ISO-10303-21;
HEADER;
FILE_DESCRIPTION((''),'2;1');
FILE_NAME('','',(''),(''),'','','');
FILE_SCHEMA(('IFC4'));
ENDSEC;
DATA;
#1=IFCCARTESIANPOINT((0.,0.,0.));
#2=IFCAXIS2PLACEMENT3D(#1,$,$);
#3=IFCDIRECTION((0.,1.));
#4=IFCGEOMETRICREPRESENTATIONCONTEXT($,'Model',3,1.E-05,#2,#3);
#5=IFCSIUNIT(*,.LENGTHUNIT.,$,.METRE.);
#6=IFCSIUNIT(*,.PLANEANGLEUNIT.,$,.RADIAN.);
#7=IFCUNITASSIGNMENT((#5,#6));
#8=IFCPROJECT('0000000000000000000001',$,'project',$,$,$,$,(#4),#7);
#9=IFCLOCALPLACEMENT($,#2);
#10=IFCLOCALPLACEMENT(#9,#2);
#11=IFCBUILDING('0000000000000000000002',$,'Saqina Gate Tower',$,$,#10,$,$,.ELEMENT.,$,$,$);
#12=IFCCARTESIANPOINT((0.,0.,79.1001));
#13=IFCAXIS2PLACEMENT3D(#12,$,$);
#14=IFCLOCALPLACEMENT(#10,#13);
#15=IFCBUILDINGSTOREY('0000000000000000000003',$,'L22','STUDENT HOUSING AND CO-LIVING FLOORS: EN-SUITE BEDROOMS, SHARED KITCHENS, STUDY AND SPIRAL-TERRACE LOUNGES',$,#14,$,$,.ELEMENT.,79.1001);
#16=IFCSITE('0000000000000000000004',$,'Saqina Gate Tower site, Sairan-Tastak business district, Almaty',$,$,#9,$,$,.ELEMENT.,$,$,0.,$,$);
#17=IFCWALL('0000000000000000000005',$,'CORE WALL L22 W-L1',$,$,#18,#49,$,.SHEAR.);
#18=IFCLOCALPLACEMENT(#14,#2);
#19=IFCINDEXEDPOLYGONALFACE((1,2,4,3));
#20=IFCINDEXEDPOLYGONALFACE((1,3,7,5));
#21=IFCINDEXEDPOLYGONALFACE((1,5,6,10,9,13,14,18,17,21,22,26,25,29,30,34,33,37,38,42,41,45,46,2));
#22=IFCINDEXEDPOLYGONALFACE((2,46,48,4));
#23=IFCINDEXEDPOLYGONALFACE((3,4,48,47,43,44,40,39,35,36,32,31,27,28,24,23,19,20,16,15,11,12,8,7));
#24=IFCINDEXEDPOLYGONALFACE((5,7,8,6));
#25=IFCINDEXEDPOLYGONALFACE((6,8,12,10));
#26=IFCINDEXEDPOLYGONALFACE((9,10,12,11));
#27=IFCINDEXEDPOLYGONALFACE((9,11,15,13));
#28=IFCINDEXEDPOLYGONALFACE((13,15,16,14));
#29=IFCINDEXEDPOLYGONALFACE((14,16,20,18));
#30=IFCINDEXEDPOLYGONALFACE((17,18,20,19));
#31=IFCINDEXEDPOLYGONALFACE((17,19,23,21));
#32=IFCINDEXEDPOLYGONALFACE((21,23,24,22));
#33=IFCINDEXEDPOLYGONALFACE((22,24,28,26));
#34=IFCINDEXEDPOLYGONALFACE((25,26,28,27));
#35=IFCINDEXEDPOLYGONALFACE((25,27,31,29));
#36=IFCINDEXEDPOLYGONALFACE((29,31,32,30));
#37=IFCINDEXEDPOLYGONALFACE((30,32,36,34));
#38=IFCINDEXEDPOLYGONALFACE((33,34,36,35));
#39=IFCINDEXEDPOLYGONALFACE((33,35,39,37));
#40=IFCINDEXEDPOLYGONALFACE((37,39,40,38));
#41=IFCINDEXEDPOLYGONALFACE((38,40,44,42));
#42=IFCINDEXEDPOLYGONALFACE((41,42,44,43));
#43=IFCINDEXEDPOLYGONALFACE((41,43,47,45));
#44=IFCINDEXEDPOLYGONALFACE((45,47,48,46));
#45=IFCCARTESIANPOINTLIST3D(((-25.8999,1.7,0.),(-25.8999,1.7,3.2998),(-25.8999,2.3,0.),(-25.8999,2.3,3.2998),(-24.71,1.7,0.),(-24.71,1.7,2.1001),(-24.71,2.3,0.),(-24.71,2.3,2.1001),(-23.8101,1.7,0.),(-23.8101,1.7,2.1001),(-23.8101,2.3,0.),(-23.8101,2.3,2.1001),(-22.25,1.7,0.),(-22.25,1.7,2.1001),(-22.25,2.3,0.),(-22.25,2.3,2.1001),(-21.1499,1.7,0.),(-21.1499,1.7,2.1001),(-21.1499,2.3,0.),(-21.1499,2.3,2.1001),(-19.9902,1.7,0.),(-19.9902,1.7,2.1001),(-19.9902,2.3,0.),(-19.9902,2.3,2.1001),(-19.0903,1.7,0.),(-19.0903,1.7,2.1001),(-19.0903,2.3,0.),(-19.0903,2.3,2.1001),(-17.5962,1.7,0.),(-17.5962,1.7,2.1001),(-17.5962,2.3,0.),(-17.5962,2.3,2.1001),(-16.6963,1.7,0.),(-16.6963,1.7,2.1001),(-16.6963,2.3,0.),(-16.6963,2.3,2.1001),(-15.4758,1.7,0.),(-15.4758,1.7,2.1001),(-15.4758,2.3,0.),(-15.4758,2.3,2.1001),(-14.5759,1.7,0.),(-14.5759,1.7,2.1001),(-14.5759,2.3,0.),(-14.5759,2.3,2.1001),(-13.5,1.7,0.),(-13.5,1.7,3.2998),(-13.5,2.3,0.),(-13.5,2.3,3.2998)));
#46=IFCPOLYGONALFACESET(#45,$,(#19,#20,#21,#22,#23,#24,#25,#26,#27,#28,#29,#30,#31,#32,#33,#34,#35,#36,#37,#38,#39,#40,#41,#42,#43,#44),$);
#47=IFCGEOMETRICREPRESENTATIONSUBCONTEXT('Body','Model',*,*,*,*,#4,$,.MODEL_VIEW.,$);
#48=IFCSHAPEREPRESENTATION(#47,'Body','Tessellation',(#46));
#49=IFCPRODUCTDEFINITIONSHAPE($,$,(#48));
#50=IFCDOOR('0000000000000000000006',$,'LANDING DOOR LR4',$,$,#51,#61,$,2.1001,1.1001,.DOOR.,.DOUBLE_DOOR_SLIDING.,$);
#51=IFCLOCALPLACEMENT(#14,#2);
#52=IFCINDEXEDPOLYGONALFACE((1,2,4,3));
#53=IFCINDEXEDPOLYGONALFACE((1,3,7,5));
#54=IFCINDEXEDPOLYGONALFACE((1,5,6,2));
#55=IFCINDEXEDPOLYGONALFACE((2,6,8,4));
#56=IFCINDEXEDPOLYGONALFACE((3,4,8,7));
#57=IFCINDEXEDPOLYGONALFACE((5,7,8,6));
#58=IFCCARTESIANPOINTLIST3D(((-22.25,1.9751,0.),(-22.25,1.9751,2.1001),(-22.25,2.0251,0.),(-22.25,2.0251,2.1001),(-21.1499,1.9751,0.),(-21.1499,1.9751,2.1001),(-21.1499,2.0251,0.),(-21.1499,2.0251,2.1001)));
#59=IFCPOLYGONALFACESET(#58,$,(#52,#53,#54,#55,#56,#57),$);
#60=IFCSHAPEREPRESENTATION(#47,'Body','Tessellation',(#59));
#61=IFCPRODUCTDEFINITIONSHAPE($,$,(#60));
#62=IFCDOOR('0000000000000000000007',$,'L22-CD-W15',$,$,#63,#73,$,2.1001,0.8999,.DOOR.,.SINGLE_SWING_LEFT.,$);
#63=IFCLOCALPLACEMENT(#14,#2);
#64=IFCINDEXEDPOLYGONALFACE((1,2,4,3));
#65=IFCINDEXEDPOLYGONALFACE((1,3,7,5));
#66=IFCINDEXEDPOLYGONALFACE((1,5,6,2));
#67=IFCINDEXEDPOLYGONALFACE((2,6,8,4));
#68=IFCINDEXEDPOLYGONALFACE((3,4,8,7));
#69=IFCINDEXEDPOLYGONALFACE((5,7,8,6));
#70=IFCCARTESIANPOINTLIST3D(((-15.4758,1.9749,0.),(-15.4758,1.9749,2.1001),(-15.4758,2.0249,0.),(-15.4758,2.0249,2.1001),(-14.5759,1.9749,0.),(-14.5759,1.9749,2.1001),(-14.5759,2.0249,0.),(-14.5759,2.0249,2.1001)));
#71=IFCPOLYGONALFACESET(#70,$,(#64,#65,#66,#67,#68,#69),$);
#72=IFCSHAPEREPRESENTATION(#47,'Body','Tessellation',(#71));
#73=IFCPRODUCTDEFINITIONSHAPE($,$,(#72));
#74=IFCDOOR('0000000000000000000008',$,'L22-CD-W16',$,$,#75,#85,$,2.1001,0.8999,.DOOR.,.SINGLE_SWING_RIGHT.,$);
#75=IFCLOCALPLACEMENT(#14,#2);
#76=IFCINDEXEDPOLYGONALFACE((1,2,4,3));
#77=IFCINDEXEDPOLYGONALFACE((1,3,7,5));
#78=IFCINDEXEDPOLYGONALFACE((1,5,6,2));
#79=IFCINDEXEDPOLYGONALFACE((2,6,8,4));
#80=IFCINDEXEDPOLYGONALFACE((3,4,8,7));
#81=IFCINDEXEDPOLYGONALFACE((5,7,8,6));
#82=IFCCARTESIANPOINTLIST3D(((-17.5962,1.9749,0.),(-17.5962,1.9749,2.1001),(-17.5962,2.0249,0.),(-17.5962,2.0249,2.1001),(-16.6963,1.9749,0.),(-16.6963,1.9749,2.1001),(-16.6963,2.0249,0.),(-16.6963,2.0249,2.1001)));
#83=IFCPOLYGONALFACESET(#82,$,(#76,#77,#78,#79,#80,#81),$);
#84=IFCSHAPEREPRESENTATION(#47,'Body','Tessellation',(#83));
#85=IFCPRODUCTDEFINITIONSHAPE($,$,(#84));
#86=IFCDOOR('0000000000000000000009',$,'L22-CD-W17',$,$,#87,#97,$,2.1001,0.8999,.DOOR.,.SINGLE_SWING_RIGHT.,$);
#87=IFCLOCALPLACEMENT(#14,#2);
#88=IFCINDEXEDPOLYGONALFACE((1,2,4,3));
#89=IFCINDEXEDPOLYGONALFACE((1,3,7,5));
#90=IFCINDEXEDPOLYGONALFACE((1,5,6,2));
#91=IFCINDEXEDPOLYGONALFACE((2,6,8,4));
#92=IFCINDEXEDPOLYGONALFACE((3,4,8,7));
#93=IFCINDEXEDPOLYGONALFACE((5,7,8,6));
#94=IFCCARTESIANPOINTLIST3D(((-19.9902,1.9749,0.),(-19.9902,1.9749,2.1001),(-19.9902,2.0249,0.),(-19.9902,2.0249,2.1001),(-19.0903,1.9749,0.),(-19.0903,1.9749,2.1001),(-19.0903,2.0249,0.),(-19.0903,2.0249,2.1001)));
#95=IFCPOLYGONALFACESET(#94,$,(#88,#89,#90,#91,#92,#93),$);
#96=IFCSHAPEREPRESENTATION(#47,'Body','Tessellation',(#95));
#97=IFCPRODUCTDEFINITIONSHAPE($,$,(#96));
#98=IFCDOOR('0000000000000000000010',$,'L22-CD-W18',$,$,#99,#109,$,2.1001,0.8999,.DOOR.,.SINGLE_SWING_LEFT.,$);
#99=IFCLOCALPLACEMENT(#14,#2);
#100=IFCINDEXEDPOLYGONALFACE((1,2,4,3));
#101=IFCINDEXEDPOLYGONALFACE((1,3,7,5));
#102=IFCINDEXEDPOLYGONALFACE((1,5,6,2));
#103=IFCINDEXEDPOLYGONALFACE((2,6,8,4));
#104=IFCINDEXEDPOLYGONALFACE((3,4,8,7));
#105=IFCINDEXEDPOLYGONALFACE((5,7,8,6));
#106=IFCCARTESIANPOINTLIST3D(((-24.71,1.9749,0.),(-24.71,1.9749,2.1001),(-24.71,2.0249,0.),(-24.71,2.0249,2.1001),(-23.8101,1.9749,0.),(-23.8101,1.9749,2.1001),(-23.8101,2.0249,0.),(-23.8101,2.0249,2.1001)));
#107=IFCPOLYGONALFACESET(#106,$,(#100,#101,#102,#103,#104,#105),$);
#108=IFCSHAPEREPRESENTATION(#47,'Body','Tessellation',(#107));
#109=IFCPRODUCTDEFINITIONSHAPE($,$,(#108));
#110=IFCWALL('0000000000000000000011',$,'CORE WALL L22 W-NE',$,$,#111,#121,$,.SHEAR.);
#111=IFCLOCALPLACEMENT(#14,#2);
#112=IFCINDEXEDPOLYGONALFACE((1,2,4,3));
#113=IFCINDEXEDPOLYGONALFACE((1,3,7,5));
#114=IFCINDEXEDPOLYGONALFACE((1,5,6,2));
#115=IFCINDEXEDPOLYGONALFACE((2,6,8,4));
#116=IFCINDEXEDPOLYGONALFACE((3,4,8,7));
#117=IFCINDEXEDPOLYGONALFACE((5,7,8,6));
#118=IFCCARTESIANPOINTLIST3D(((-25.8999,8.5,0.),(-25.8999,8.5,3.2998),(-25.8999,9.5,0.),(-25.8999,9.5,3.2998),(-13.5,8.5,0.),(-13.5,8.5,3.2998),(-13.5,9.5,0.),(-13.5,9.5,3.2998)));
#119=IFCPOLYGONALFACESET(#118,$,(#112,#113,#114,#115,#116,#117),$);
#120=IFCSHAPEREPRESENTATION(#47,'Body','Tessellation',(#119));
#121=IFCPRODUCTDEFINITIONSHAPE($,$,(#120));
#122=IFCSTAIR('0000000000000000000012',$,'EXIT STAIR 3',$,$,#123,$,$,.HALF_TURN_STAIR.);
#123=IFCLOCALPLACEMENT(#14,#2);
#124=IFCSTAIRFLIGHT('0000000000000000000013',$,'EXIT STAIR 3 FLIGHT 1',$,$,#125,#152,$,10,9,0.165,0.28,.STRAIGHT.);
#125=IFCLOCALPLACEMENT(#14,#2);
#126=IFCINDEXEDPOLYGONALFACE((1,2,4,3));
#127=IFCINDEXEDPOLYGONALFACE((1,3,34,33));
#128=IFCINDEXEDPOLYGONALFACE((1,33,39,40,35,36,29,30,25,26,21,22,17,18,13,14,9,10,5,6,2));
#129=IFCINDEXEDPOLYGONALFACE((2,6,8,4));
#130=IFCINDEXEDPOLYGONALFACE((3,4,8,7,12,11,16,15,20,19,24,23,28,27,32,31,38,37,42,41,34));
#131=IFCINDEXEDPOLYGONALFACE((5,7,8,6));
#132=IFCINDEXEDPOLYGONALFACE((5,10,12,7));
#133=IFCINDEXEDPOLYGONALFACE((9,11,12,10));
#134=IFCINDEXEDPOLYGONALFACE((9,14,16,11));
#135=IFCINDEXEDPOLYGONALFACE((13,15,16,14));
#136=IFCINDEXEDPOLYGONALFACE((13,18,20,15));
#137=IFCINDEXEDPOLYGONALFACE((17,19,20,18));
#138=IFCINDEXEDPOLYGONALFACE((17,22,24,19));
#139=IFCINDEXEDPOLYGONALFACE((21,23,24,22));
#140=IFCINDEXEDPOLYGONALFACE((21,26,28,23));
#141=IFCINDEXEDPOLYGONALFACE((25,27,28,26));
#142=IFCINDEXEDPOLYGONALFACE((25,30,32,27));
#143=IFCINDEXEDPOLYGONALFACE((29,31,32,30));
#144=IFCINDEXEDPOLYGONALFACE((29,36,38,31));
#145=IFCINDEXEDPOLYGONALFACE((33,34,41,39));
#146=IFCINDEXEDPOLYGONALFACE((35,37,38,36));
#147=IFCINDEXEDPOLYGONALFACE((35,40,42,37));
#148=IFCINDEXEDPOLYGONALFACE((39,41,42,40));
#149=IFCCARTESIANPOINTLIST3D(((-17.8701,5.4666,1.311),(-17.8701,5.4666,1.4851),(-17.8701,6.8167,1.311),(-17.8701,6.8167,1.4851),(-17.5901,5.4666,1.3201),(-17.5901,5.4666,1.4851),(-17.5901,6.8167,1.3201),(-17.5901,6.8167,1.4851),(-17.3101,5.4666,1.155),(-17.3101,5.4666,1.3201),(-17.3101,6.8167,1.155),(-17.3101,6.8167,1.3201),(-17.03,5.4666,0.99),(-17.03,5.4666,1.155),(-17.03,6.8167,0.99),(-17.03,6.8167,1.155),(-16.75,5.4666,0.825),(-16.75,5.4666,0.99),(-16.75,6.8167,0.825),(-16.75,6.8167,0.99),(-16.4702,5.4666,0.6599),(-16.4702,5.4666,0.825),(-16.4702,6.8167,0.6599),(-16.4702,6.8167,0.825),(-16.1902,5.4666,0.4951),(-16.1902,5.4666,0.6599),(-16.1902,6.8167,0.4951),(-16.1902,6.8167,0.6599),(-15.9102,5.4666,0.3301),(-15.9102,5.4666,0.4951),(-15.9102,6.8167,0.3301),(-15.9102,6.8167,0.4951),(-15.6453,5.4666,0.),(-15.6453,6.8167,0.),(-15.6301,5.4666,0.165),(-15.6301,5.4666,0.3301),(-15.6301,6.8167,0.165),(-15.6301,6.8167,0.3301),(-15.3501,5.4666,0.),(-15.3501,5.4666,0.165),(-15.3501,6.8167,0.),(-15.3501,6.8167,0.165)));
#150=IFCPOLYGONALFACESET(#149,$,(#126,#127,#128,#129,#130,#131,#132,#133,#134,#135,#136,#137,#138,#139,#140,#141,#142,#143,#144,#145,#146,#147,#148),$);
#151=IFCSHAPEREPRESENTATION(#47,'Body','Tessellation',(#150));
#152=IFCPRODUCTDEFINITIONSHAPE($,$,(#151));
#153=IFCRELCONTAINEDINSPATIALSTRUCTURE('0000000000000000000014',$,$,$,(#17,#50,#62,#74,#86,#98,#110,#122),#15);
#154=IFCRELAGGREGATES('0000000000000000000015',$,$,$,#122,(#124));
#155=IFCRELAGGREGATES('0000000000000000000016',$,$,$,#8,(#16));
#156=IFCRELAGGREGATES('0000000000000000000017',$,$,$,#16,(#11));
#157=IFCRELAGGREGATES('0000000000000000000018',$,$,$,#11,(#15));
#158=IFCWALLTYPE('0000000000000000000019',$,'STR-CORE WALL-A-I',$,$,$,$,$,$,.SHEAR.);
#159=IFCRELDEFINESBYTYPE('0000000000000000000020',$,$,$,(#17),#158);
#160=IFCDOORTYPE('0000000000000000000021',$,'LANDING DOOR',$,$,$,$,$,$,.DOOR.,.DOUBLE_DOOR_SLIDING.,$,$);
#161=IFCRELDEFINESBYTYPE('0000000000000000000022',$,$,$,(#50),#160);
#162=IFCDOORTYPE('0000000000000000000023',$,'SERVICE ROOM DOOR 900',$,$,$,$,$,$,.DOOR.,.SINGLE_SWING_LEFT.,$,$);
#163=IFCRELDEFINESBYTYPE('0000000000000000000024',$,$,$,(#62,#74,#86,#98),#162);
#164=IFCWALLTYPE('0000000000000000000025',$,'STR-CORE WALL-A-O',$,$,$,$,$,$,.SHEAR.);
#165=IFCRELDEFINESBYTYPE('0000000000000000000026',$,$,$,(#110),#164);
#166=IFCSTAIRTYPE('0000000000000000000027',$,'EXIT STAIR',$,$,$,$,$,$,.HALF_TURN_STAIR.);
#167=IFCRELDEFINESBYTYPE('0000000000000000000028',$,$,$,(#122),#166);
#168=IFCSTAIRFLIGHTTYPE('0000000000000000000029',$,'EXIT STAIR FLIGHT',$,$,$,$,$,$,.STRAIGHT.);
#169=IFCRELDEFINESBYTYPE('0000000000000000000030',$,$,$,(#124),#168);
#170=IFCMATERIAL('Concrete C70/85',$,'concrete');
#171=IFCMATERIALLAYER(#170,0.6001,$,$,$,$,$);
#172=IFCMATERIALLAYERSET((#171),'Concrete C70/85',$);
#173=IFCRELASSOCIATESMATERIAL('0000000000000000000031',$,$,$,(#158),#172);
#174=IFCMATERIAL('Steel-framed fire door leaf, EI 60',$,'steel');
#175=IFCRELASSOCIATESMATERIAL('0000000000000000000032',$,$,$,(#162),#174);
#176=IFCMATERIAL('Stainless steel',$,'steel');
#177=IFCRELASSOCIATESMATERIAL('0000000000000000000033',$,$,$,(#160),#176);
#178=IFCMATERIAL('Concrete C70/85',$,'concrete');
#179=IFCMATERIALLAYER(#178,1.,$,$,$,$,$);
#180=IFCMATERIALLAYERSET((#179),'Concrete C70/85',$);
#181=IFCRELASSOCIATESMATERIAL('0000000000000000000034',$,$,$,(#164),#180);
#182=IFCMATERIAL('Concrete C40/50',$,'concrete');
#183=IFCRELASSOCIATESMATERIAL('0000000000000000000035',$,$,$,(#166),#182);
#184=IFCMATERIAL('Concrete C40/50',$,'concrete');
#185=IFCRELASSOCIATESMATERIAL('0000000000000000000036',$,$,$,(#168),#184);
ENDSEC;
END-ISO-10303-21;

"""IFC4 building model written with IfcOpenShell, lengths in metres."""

from ifc_helpers import new_model, si_unit, direction, frame, frame_2d, origin, place, context, subcontext, project, spatial, polyline, rectangle, outline, extrude, material, layer, layer_set, type_object, element, fill, aggregate, save


model = new_model("IFC4")

# Units and contexts
model_context = context("Model", 3, precision=1e-05, world=origin(), true_north=direction((0.0, 1.0)))
body_context = subcontext(model_context, "Body", "Model", "MODEL_VIEW")
ifc_project = project(units=[si_unit("LENGTHUNIT", "METRE"), si_unit("PLANEANGLEUNIT", "RADIAN")], contexts=[model_context])

# Site, building, storey
site_placement = place(None, origin())
site = spatial("IfcSite", under=ifc_project, at=site_placement, Name="Saqina Gate Tower site, Sairan-Tastak business district, Almaty", CompositionType="ELEMENT", RefElevation=0.0)
building_placement = place(site_placement, origin())
building = spatial("IfcBuilding", under=site, at=building_placement, Name="Saqina Gate Tower", CompositionType="ELEMENT")
storey_placement = place(building_placement, frame((0.0, 0.0, 79.1001)))
storey = spatial("IfcBuildingStorey", under=building, at=storey_placement, Name="L22", Description="STUDENT HOUSING AND CO-LIVING FLOORS: EN-SUITE BEDROOMS, SHARED KITCHENS, STUDY AND SPIRAL-TERRACE LOUNGES", CompositionType="ELEMENT", Elevation=79.1001)

# Shared definitions
ifc_material_1 = material(Name="Concrete C70/85", Category="concrete")
ifc_layer_1 = layer(ifc_material_1, 0.6001)
ifc_layer_set_1 = layer_set([ifc_layer_1], Name="Concrete C70/85")
wall_type_1 = type_object("IfcWallType", Name="STR-CORE WALL-A-I", PredefinedType="SHEAR", material=ifc_layer_set_1)
ifc_material_2 = material(Name="Steel-framed fire door leaf, EI 60", Category="steel")
door_type_1 = type_object("IfcDoorType", Name="SERVICE ROOM DOOR 900", OperationType="SINGLE_SWING_LEFT", PredefinedType="DOOR", material=ifc_material_2)

# Wall, openings, doors
wall_1_placement = place(storey_placement, frame((-13.5, 2.0, 0.0), z_axis=(0.0, 0.0, 1.0), x_axis=(-1.0, 0.0, 0.0)))
wall_1 = element("IfcWall", 1, at=wall_1_placement, inside=storey, type_object=wall_type_1, Name="CORE WALL L22 W-L1", PredefinedType="SHEAR", context=body_context, shape_type="SweptSolid", body=[
    extrude(rectangle(XDim=12.3999, YDim=0.6001, at=frame_2d((6.2, 0.0))), origin(), (0.0, 0.0, 1.0), 3.2998),
])
opening_1_placement = place(wall_1_placement, frame((7.6499, 0.0, 0.0)))
opening_1 = element("IfcOpeningElement", 2, at=opening_1_placement, cuts=wall_1, PredefinedType="OPENING", context=body_context, shape_type="SweptSolid", body=[
    extrude(rectangle(XDim=1.1001, YDim=2.1001, at=frame_2d((0.55, 1.05))), frame((0.0, 0.312, 0.0), z_axis=(0.0, -1.0, 0.0), x_axis=(1.0, 0.0, 0.0)), (0.0, 0.0, 1.0), 0.624),
])
opening_2_placement = place(wall_1_placement, frame((1.0759, 0.0, 0.0)))
opening_2 = element("IfcOpeningElement", 3, at=opening_2_placement, cuts=wall_1, PredefinedType="OPENING", context=body_context, shape_type="SweptSolid", body=[
    extrude(rectangle(XDim=0.8999, YDim=2.1001, at=frame_2d((0.45, 1.05))), frame((0.0, 0.312, 0.0), z_axis=(0.0, -1.0, 0.0), x_axis=(1.0, 0.0, 0.0)), (0.0, 0.0, 1.0), 0.624),
])
opening_3_placement = place(wall_1_placement, frame((3.1963, 0.0, 0.0)))
opening_3 = element("IfcOpeningElement", 4, at=opening_3_placement, cuts=wall_1, PredefinedType="OPENING", context=body_context, shape_type="SweptSolid", body=[
    extrude(rectangle(XDim=0.8999, YDim=2.1001, at=frame_2d((0.45, 1.05))), frame((0.0, 0.312, 0.0), z_axis=(0.0, -1.0, 0.0), x_axis=(1.0, 0.0, 0.0)), (0.0, 0.0, 1.0), 0.624),
])
opening_4_placement = place(wall_1_placement, frame((5.5903, 0.0, 0.0)))
opening_4 = element("IfcOpeningElement", 5, at=opening_4_placement, cuts=wall_1, PredefinedType="OPENING", context=body_context, shape_type="SweptSolid", body=[
    extrude(rectangle(XDim=0.8999, YDim=2.1001, at=frame_2d((0.45, 1.05))), frame((0.0, 0.312, 0.0), z_axis=(0.0, -1.0, 0.0), x_axis=(1.0, 0.0, 0.0)), (0.0, 0.0, 1.0), 0.624),
])
opening_5_placement = place(wall_1_placement, frame((10.3101, 0.0, 0.0)))
opening_5 = element("IfcOpeningElement", 6, at=opening_5_placement, cuts=wall_1, PredefinedType="OPENING", context=body_context, shape_type="SweptSolid", body=[
    extrude(rectangle(XDim=0.8999, YDim=2.1001, at=frame_2d((0.45, 1.05))), frame((0.0, 0.312, 0.0), z_axis=(0.0, -1.0, 0.0), x_axis=(1.0, 0.0, 0.0)), (0.0, 0.0, 1.0), 0.624),
])
ifc_material_3 = material(Name="Stainless steel", Category="steel")
door_type_2 = type_object("IfcDoorType", Name="LANDING DOOR", OperationType="DOUBLE_DOOR_SLIDING", PredefinedType="DOOR", material=ifc_material_3)
door_1_placement = place(opening_1_placement, origin())
door_1 = element("IfcDoor", 7, at=door_1_placement, inside=storey, type_object=door_type_2, Name="LANDING DOOR LR4", OperationType="DOUBLE_DOOR_SLIDING", OverallHeight=2.1001, OverallWidth=1.1001, PredefinedType="DOOR", context=body_context, shape_type="SweptSolid", body=[
    extrude(rectangle(XDim=1.1001, YDim=2.1001, at=frame_2d((0.55, 1.05))), frame((0.0, 0.0249, 0.0), z_axis=(0.0, -1.0, 0.0), x_axis=(1.0, 0.0, 0.0)), (0.0, 0.0, 1.0), 0.05),
])
fill(opening_1, door_1)
door_2_placement = place(opening_2_placement, frame((0.8999, 0.0, 0.0), z_axis=(0.0, 0.0, 1.0), x_axis=(-1.0, 0.0, 0.0)))
door_2 = element("IfcDoor", 8, at=door_2_placement, inside=storey, type_object=door_type_1, Name="L22-CD-W15", OperationType="SINGLE_SWING_LEFT", OverallHeight=2.1001, OverallWidth=0.8999, PredefinedType="DOOR", context=body_context, shape_type="SweptSolid", body=[
    extrude(rectangle(XDim=0.8999, YDim=2.1001, at=frame_2d((0.45, 1.05))), frame((0.0, 0.0249, 0.0), z_axis=(0.0, -1.0, 0.0), x_axis=(1.0, 0.0, 0.0)), (0.0, 0.0, 1.0), 0.05),
])
fill(opening_2, door_2)
door_3_placement = place(opening_3_placement, frame((0.8999, 0.0, 0.0), z_axis=(0.0, 0.0, 1.0), x_axis=(-1.0, 0.0, 0.0)))
door_3 = element("IfcDoor", 9, at=door_3_placement, inside=storey, type_object=door_type_1, Name="L22-CD-W16", OperationType="SINGLE_SWING_RIGHT", OverallHeight=2.1001, OverallWidth=0.8999, PredefinedType="DOOR", context=body_context, shape_type="SweptSolid", body=[
    extrude(rectangle(XDim=0.8999, YDim=2.1001, at=frame_2d((0.45, 1.05))), frame((0.0, 0.0249, 0.0), z_axis=(0.0, -1.0, 0.0), x_axis=(1.0, 0.0, 0.0)), (0.0, 0.0, 1.0), 0.05),
])
fill(opening_3, door_3)
door_4_placement = place(opening_4_placement, frame((0.8999, 0.0, 0.0), z_axis=(0.0, 0.0, 1.0), x_axis=(-1.0, 0.0, 0.0)))
door_4 = element("IfcDoor", 10, at=door_4_placement, inside=storey, type_object=door_type_1, Name="L22-CD-W17", OperationType="SINGLE_SWING_RIGHT", OverallHeight=2.1001, OverallWidth=0.8999, PredefinedType="DOOR", context=body_context, shape_type="SweptSolid", body=[
    extrude(rectangle(XDim=0.8999, YDim=2.1001, at=frame_2d((0.45, 1.05))), frame((0.0, 0.0249, 0.0), z_axis=(0.0, -1.0, 0.0), x_axis=(1.0, 0.0, 0.0)), (0.0, 0.0, 1.0), 0.05),
])
fill(opening_4, door_4)
door_5_placement = place(opening_5_placement, frame((0.8999, 0.0, 0.0), z_axis=(0.0, 0.0, 1.0), x_axis=(-1.0, 0.0, 0.0)))
door_5 = element("IfcDoor", 11, at=door_5_placement, inside=storey, type_object=door_type_1, Name="L22-CD-W18", OperationType="SINGLE_SWING_LEFT", OverallHeight=2.1001, OverallWidth=0.8999, PredefinedType="DOOR", context=body_context, shape_type="SweptSolid", body=[
    extrude(rectangle(XDim=0.8999, YDim=2.1001, at=frame_2d((0.45, 1.05))), frame((0.0, 0.0249, 0.0), z_axis=(0.0, -1.0, 0.0), x_axis=(1.0, 0.0, 0.0)), (0.0, 0.0, 1.0), 0.05),
])
fill(opening_5, door_5)

# Wall
ifc_material_4 = material(Name="Concrete C70/85", Category="concrete")
ifc_layer_2 = layer(ifc_material_4, 1.0)
ifc_layer_set_2 = layer_set([ifc_layer_2], Name="Concrete C70/85")
wall_type_2 = type_object("IfcWallType", Name="STR-CORE WALL-A-O", PredefinedType="SHEAR", material=ifc_layer_set_2)
wall_2_placement = place(storey_placement, frame((-13.5, 9.0, 0.0), z_axis=(0.0, 0.0, 1.0), x_axis=(-1.0, 0.0, 0.0)))
element("IfcWall", 12, at=wall_2_placement, inside=storey, type_object=wall_type_2, Name="CORE WALL L22 W-NE", PredefinedType="SHEAR", context=body_context, shape_type="SweptSolid", body=[
    extrude(rectangle(XDim=12.3999, YDim=1.0, at=frame_2d((6.2, 0.0))), origin(), (0.0, 0.0, 1.0), 3.2998),
])

# Stair, stair flight
ifc_material_5 = material(Name="Concrete C40/50", Category="concrete")
stair_type = type_object("IfcStairType", Name="EXIT STAIR", PredefinedType="HALF_TURN_STAIR", material=ifc_material_5)
stair_placement = place(storey_placement, origin())
stair = element("IfcStair", 13, at=stair_placement, inside=storey, type_object=stair_type, Name="EXIT STAIR 3", PredefinedType="HALF_TURN_STAIR")
ifc_material_6 = material(Name="Concrete C40/50", Category="concrete")
stair_flight_type = type_object("IfcStairFlightType", Name="EXIT STAIR FLIGHT", PredefinedType="STRAIGHT", material=ifc_material_6)
stair_flight_placement = place(storey_placement, frame((-15.3501, 6.1416, 0.0), z_axis=(0.0, 0.0, 1.0), x_axis=(-1.0, 0.0, 0.0)))
stair_flight = element("IfcStairFlight", 14, at=stair_flight_placement, type_object=stair_flight_type, Name="EXIT STAIR 3 FLIGHT 1", NumberOfRisers=10, NumberOfTreads=9, PredefinedType="STRAIGHT", RiserHeight=0.165, TreadLength=0.28, context=body_context, shape_type="SweptSolid", body=[
    extrude(outline(polyline([(0.0, 0.0), (0.0, 0.165), (0.28, 0.165), (0.28, 0.3301), (0.5601, 0.3301), (0.5601, 0.4951), (0.8401, 0.4951), (0.8401, 0.6599), (1.1201, 0.6599), (1.1201, 0.825), (1.3999, 0.825), (1.3999, 0.99), (1.6799, 0.99), (1.6799, 1.155), (1.96, 1.155), (1.96, 1.3201), (2.24, 1.3201), (2.24, 1.4851), (2.52, 1.4851), (2.52, 1.6499), (2.52, 1.311), (0.2952, 0.0), (0.0, 0.0)])), frame((0.0, 0.675, 0.0), z_axis=(0.0, -1.0, 0.0), x_axis=(1.0, 0.0, 0.0)), (0.0, 0.0, 1.0), 1.3501),
])
aggregate(stair, [stair_flight])

save(model, "model.ifc")
